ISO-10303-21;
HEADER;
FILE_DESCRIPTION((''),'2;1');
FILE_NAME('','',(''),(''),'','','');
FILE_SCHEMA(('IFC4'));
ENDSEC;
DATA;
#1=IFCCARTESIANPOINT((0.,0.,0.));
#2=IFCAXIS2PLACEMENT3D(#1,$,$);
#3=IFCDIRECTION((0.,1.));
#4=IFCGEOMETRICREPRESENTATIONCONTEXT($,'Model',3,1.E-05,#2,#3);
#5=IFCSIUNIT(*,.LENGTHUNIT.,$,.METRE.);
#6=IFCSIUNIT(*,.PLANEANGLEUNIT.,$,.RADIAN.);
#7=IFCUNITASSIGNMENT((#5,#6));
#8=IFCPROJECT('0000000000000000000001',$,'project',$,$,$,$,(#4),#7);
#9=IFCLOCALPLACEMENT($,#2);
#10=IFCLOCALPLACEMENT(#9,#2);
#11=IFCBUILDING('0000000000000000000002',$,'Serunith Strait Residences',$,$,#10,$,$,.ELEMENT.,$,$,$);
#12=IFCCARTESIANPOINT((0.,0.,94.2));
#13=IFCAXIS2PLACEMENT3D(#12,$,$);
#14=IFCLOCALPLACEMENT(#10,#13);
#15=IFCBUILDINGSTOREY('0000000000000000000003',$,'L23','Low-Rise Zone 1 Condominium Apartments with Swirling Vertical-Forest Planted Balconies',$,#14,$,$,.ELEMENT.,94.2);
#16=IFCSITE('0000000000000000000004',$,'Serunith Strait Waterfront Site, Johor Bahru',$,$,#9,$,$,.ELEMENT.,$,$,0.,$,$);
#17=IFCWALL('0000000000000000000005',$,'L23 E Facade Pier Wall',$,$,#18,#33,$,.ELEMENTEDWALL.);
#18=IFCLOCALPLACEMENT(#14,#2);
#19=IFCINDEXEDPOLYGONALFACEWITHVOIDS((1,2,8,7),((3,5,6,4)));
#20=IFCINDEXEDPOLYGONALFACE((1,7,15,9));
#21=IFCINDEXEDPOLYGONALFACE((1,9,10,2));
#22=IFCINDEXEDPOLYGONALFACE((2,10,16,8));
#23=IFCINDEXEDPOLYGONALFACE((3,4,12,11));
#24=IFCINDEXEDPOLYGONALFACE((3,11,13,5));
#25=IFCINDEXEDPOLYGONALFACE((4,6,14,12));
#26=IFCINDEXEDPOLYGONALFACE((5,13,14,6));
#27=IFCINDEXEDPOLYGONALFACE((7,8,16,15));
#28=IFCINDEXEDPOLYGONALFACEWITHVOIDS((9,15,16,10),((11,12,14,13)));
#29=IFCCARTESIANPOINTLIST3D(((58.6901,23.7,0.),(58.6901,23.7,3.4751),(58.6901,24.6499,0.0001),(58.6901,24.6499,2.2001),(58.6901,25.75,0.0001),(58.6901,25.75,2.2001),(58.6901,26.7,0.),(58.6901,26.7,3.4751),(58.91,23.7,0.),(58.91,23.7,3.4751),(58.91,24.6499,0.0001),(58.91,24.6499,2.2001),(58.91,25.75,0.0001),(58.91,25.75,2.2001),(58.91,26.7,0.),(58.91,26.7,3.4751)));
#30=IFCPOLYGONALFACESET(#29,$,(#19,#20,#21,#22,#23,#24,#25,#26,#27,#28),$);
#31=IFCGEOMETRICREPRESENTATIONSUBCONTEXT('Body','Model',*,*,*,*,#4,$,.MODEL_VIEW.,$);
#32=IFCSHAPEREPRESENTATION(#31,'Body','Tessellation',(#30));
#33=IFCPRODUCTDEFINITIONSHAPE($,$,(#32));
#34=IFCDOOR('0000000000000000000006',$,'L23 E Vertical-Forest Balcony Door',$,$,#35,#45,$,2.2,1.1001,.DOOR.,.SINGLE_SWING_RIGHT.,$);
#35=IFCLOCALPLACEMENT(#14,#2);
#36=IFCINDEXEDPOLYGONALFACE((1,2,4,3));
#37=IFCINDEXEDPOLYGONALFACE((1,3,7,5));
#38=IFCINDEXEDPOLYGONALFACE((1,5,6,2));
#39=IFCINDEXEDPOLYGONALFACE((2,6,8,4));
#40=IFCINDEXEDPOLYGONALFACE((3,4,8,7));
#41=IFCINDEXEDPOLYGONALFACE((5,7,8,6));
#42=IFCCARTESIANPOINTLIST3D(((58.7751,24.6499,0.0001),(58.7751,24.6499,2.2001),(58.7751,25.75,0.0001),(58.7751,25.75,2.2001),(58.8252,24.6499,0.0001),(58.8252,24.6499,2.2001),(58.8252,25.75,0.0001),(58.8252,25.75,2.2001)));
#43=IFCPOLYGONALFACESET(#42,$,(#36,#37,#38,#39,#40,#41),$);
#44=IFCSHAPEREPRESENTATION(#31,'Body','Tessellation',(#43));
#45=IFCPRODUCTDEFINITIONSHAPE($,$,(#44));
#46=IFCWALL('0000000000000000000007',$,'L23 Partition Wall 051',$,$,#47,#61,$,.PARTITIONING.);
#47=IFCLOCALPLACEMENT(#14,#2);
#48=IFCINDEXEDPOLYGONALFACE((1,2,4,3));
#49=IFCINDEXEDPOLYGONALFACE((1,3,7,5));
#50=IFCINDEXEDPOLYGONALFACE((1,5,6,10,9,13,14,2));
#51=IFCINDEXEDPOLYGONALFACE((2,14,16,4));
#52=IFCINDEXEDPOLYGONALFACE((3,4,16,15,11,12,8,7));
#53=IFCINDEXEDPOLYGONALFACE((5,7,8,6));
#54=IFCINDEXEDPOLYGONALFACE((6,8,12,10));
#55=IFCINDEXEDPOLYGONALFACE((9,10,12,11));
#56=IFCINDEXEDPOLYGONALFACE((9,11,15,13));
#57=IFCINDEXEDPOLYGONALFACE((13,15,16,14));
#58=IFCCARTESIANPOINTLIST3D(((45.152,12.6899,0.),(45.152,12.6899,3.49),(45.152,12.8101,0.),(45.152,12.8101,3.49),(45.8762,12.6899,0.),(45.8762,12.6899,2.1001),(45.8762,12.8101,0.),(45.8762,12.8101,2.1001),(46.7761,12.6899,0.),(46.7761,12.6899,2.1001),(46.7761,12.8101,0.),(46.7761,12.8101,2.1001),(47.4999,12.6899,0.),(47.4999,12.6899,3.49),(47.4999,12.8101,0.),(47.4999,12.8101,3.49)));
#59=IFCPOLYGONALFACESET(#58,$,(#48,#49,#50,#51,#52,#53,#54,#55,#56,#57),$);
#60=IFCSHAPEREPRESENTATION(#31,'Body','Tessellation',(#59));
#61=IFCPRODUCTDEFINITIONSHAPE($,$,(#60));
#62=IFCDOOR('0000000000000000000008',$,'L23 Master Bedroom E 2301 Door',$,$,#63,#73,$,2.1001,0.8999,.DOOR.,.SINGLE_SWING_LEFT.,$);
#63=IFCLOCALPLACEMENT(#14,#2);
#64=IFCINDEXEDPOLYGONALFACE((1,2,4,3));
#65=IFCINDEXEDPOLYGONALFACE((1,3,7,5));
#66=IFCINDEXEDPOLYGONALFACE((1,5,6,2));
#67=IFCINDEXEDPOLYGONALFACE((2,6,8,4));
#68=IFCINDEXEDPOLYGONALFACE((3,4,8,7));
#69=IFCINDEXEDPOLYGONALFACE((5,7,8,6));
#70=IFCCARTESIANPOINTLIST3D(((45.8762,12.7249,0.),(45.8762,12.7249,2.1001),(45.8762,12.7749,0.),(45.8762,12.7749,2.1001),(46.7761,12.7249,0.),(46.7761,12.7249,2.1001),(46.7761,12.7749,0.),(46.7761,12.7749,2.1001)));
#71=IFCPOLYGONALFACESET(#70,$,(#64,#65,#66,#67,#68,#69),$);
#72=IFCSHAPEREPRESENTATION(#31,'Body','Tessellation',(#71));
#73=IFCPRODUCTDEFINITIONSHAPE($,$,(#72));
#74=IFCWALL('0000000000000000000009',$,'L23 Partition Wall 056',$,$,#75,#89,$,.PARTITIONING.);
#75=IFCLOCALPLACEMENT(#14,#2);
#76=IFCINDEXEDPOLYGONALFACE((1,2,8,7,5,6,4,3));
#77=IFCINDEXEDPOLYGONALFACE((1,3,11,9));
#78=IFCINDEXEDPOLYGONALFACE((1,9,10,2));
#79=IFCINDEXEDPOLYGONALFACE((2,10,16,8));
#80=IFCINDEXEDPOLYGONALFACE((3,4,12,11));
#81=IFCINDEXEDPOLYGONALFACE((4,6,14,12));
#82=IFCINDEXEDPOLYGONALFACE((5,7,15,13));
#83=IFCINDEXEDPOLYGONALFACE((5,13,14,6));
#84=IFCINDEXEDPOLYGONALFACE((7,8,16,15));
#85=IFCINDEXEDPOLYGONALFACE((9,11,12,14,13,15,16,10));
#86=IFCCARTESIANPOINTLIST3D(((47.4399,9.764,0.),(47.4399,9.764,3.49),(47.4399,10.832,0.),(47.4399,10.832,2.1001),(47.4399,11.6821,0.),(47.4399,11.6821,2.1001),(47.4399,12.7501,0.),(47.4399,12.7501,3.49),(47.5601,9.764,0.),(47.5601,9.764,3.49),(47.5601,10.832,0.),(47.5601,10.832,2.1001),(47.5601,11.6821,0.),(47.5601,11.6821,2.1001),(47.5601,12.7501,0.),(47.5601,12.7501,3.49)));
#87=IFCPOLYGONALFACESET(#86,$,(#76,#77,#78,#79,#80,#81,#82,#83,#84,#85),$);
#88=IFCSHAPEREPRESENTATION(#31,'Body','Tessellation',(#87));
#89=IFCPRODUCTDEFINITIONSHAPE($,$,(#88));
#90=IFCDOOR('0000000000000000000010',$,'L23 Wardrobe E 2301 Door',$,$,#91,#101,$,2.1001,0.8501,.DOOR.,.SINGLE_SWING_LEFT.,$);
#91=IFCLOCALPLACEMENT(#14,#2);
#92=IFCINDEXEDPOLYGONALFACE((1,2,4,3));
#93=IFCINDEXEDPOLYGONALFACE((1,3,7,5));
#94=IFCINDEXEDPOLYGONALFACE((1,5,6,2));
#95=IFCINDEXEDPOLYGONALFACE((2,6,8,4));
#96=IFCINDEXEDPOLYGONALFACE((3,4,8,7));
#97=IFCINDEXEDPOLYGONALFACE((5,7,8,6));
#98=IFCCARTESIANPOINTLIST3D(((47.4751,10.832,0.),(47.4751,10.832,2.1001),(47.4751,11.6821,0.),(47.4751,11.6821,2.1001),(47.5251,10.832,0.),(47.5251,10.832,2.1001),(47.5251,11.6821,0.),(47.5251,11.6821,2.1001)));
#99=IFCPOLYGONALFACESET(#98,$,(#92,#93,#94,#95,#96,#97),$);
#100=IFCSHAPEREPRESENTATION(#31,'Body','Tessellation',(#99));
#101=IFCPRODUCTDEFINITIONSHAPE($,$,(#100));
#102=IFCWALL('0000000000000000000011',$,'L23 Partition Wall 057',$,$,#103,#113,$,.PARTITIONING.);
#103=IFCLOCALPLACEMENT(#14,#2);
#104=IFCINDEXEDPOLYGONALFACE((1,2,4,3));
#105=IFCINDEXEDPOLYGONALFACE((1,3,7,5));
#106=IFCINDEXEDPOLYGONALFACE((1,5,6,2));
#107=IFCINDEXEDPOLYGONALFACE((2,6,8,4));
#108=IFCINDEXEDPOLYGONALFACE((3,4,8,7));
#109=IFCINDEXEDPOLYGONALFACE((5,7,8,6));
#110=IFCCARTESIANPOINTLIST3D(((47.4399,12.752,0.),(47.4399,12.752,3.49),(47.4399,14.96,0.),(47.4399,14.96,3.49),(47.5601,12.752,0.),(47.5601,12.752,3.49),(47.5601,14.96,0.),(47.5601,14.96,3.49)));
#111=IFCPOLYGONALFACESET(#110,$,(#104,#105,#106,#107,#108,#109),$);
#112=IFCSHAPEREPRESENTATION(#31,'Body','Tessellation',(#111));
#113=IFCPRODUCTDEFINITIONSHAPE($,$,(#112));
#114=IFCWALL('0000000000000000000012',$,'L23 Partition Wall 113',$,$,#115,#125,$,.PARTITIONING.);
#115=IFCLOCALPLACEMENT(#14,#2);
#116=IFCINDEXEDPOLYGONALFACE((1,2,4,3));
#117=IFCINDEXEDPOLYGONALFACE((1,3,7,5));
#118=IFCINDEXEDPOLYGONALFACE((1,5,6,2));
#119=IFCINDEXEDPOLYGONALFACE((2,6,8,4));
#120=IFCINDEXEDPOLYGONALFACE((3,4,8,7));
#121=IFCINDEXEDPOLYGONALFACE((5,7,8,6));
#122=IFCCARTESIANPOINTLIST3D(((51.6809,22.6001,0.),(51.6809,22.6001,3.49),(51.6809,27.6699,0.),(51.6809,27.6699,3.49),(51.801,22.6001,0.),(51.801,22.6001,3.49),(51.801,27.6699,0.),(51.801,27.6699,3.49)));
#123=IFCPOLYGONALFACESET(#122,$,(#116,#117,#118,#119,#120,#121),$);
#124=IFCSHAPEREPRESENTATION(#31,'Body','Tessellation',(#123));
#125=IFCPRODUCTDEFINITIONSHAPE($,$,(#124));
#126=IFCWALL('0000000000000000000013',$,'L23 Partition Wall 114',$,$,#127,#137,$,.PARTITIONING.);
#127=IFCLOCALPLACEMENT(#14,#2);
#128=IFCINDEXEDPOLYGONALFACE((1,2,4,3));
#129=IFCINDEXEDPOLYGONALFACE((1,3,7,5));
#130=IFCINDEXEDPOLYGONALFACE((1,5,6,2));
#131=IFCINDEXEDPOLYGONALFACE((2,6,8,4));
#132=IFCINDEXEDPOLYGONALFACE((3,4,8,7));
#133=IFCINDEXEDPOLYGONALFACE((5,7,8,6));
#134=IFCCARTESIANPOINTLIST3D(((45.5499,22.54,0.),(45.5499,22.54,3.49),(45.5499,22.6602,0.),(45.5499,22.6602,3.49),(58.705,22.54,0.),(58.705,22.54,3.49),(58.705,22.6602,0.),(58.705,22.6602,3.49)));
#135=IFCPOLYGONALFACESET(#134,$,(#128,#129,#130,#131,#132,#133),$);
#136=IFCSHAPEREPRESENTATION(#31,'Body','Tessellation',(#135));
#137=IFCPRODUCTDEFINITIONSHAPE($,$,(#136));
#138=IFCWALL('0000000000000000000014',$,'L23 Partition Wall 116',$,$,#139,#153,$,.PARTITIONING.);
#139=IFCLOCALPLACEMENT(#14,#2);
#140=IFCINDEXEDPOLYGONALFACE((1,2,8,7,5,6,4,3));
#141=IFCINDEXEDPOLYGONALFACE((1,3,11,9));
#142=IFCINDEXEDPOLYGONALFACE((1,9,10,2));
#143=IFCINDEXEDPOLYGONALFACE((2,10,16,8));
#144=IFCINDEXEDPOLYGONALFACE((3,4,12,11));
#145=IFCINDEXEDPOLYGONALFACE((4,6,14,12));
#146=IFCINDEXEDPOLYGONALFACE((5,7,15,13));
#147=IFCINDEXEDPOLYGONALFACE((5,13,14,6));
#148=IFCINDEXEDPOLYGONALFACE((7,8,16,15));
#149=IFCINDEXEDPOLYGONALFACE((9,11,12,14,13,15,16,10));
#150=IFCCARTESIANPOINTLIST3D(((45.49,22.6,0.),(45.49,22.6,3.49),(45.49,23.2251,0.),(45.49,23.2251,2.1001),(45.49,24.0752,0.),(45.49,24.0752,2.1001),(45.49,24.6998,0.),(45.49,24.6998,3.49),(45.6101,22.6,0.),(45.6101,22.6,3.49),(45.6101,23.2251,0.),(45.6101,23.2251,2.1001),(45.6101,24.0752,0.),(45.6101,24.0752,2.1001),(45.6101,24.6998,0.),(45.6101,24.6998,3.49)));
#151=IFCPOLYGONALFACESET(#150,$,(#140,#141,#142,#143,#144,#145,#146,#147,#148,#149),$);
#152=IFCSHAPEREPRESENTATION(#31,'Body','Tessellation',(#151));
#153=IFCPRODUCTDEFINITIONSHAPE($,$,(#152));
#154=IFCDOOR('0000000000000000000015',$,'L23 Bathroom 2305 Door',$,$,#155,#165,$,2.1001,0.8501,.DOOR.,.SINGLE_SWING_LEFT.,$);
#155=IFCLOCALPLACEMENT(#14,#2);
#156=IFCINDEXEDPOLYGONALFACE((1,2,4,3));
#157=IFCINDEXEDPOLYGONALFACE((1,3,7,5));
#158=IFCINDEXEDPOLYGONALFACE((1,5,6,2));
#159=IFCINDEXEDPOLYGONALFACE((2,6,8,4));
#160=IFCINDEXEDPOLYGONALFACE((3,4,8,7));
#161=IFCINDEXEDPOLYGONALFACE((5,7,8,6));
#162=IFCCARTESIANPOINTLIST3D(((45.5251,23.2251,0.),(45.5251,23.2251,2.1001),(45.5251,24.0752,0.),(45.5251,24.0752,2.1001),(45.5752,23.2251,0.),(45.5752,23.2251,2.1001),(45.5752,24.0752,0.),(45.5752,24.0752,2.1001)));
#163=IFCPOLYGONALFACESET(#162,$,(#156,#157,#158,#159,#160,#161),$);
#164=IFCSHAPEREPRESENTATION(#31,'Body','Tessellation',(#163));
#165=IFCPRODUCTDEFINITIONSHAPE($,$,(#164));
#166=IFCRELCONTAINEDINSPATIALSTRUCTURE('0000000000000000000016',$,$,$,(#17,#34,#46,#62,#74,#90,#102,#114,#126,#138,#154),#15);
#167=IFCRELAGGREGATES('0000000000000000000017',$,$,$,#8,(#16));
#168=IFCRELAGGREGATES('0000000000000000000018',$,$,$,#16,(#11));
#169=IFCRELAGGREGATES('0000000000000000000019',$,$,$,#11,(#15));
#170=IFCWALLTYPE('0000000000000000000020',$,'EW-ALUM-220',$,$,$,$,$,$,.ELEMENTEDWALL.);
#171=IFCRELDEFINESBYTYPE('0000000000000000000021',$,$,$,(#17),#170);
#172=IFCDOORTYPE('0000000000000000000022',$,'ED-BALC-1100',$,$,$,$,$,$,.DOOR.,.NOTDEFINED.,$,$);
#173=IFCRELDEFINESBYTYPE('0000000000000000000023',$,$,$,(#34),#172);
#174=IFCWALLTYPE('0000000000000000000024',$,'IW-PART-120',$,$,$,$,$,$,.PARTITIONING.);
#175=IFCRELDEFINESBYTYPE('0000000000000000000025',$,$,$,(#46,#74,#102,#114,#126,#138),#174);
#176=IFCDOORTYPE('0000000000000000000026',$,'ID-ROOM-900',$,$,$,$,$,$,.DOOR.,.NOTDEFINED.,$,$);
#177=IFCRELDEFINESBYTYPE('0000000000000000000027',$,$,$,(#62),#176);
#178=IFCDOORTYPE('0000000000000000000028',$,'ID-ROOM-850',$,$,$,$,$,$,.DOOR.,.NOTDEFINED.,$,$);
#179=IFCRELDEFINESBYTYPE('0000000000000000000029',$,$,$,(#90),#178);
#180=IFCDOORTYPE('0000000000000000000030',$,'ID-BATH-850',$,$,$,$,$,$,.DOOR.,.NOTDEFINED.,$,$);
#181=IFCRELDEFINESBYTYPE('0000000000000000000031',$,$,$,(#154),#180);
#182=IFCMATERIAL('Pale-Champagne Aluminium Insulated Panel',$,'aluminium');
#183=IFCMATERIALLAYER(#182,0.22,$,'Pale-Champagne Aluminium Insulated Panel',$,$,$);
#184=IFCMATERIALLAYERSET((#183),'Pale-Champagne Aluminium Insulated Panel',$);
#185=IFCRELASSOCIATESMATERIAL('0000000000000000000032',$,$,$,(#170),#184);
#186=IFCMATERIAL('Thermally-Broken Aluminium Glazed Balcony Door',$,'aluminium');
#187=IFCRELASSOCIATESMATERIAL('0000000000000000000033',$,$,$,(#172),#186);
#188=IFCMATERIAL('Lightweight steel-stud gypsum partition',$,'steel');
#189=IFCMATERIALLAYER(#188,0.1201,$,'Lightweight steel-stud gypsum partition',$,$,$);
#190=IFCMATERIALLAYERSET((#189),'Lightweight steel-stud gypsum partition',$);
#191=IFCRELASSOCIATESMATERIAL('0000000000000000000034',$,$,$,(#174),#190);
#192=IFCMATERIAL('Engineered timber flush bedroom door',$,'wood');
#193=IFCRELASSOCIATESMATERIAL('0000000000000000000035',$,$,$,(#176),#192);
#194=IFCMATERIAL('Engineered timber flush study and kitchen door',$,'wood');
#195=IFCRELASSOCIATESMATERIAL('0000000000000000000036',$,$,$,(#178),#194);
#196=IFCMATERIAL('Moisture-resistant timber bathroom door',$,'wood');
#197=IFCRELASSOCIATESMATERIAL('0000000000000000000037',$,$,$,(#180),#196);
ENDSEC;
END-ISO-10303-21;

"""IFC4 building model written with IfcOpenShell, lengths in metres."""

from ifc_helpers import new_model, si_unit, direction, frame, frame_2d, origin, place, context, subcontext, project, spatial, rectangle, extrude, source, transform, mapped, material, layer, layer_set, type_object, element, fill, save


model = new_model("IFC4")

# Units and contexts
model_context = context("Model", 3, precision=1e-05, world=origin(), true_north=direction((0.0, 1.0)))
body_context = subcontext(model_context, "Body", "Model", "MODEL_VIEW")
ifc_project = project(units=[si_unit("LENGTHUNIT", "METRE"), si_unit("PLANEANGLEUNIT", "RADIAN")], contexts=[model_context])

# Site, building, storey
site_placement = place(None, origin())
site = spatial("IfcSite", under=ifc_project, at=site_placement, Name="Serunith Strait Waterfront Site, Johor Bahru", CompositionType="ELEMENT", RefElevation=0.0)
building_placement = place(site_placement, origin())
building = spatial("IfcBuilding", under=site, at=building_placement, Name="Serunith Strait Residences", CompositionType="ELEMENT")
storey_placement = place(building_placement, frame((0.0, 0.0, 94.2)))
storey = spatial("IfcBuildingStorey", under=building, at=storey_placement, Name="L23", Description="Low-Rise Zone 1 Condominium Apartments with Swirling Vertical-Forest Planted Balconies", CompositionType="ELEMENT", Elevation=94.2)

# Walls, openings, doors
ifc_material_1 = material(Name="Pale-Champagne Aluminium Insulated Panel", Category="aluminium")
ifc_layer_1 = layer(ifc_material_1, 0.22, Name="Pale-Champagne Aluminium Insulated Panel")
ifc_layer_set_1 = layer_set([ifc_layer_1], Name="Pale-Champagne Aluminium Insulated Panel")
wall_type_1 = type_object("IfcWallType", Name="EW-ALUM-220", PredefinedType="ELEMENTEDWALL", material=ifc_layer_set_1)
wall_1_placement = place(storey_placement, frame((58.8, 23.7, 0.0), z_axis=(0.0, 0.0, 1.0), x_axis=(0.0, 1.0, 0.0)))
wall_1 = element("IfcWall", 1, at=wall_1_placement, inside=storey, type_object=wall_type_1, Name="L23 E Facade Pier Wall", PredefinedType="ELEMENTEDWALL", context=body_context, shape_type="SweptSolid", body=[
    extrude(rectangle(XDim=3.0, YDim=0.22, at=frame_2d((1.5, 0.0))), origin(), (0.0, 0.0, 1.0), 3.4751),
])
opening_1_placement = place(wall_1_placement, frame((0.95, 0.0, 0.0)))
opening_1 = element("IfcOpeningElement", 2, at=opening_1_placement, cuts=wall_1, PredefinedType="OPENING", context=body_context, shape_type="SweptSolid", body=[
    extrude(rectangle(XDim=1.1001, YDim=2.2, at=frame_2d((0.55, 1.1001))), frame((0.0, 0.1201, 0.0), z_axis=(0.0, -1.0, 0.0), x_axis=(1.0, 0.0, 0.0)), (0.0, 0.0, 1.0), 0.24),
])
ifc_material_2 = material(Name="Thermally-Broken Aluminium Glazed Balcony Door", Category="aluminium")
door_type_1 = type_object("IfcDoorType", Name="ED-BALC-1100", OperationType="NOTDEFINED", PredefinedType="DOOR", material=ifc_material_2)
shared_shape_1 = source(origin(), body_context, "Body", "SweptSolid", [
    extrude(rectangle(XDim=1.1001, YDim=2.2, at=frame_2d((0.55, 1.1001))), frame((0.0, 0.0249, 0.0), z_axis=(0.0, -1.0, 0.0), x_axis=(1.0, 0.0, 0.0)), (0.0, 0.0, 1.0), 0.05),
])
door_1_placement = place(opening_1_placement, origin())
door_1 = element("IfcDoor", 3, at=door_1_placement, inside=storey, type_object=door_type_1, Name="L23 E Vertical-Forest Balcony Door", OperationType="SINGLE_SWING_RIGHT", OverallHeight=2.2, OverallWidth=1.1001, PredefinedType="DOOR", context=body_context, shape_type="MappedRepresentation", body=[
    mapped(shared_shape_1, transform((0.0, 0.0, 0.0), scale=1.0)),
])
fill(opening_1, door_1)
ifc_material_3 = material(Name="Lightweight steel-stud gypsum partition", Category="steel")
ifc_layer_2 = layer(ifc_material_3, 0.1201, Name="Lightweight steel-stud gypsum partition")
ifc_layer_set_2 = layer_set([ifc_layer_2], Name="Lightweight steel-stud gypsum partition")
wall_type_2 = type_object("IfcWallType", Name="IW-PART-120", PredefinedType="PARTITIONING", material=ifc_layer_set_2)
wall_2_placement = place(storey_placement, frame((45.1521, 12.75, 0.0), z_axis=(0.0, 0.0, 1.0), x_axis=(1.0, 0.0, 0.0)))
wall_2 = element("IfcWall", 4, at=wall_2_placement, inside=storey, type_object=wall_type_2, Name="L23 Partition Wall 051", PredefinedType="PARTITIONING", context=body_context, shape_type="SweptSolid", body=[
    extrude(rectangle(XDim=2.3479, YDim=0.1201, at=frame_2d((1.1738, 0.0))), origin(), (0.0, 0.0, 1.0), 3.49),
])
opening_2_placement = place(wall_2_placement, frame((0.7241, 0.0, 0.0)))
opening_2 = element("IfcOpeningElement", 5, at=opening_2_placement, cuts=wall_2, PredefinedType="OPENING", context=body_context, shape_type="SweptSolid", body=[
    extrude(rectangle(XDim=0.8999, YDim=2.1001, at=frame_2d((0.45, 1.05))), frame((0.0, 0.0701, 0.0), z_axis=(0.0, -1.0, 0.0), x_axis=(1.0, 0.0, 0.0)), (0.0, 0.0, 1.0), 0.1401),
])
ifc_material_4 = material(Name="Engineered timber flush bedroom door", Category="wood")
door_type_2 = type_object("IfcDoorType", Name="ID-ROOM-900", OperationType="NOTDEFINED", PredefinedType="DOOR", material=ifc_material_4)
shared_shape_2 = source(origin(), body_context, "Body", "SweptSolid", [
    extrude(rectangle(XDim=0.8999, YDim=2.1001, at=frame_2d((0.45, 1.05))), frame((0.0, 0.0249, 0.0), z_axis=(0.0, -1.0, 0.0), x_axis=(1.0, 0.0, 0.0)), (0.0, 0.0, 1.0), 0.05),
])
door_2_placement = place(opening_2_placement, origin())
door_2 = element("IfcDoor", 6, at=door_2_placement, inside=storey, type_object=door_type_2, Name="L23 Master Bedroom E 2301 Door", OperationType="SINGLE_SWING_LEFT", OverallHeight=2.1001, OverallWidth=0.8999, PredefinedType="DOOR", context=body_context, shape_type="MappedRepresentation", body=[
    mapped(shared_shape_2, transform((0.0, 0.0, 0.0), scale=1.0)),
])
fill(opening_2, door_2)
wall_3_placement = place(storey_placement, frame((47.5, 9.7639, 0.0), z_axis=(0.0, 0.0, 1.0), x_axis=(0.0, 1.0, 0.0)))
wall_3 = element("IfcWall", 7, at=wall_3_placement, inside=storey, type_object=wall_type_2, Name="L23 Partition Wall 056", PredefinedType="PARTITIONING", context=body_context, shape_type="SweptSolid", body=[
    extrude(rectangle(XDim=2.9861, YDim=0.1201, at=frame_2d((1.4932, 0.0))), origin(), (0.0, 0.0, 1.0), 3.49),
])
opening_3_placement = place(wall_3_placement, frame((1.0681, 0.0, 0.0)))
opening_3 = element("IfcOpeningElement", 8, at=opening_3_placement, cuts=wall_3, PredefinedType="OPENING", context=body_context, shape_type="SweptSolid", body=[
    extrude(rectangle(XDim=0.8501, YDim=2.1001, at=frame_2d((0.425, 1.05))), frame((0.0, 0.0701, 0.0), z_axis=(0.0, -1.0, 0.0), x_axis=(1.0, 0.0, 0.0)), (0.0, 0.0, 1.0), 0.1401),
])
ifc_material_5 = material(Name="Engineered timber flush study and kitchen door", Category="wood")
door_type_3 = type_object("IfcDoorType", Name="ID-ROOM-850", OperationType="NOTDEFINED", PredefinedType="DOOR", material=ifc_material_5)
shared_shape_3 = source(origin(), body_context, "Body", "SweptSolid", [
    extrude(rectangle(XDim=0.8501, YDim=2.1001, at=frame_2d((0.425, 1.05))), frame((0.0, 0.0249, 0.0), z_axis=(0.0, -1.0, 0.0), x_axis=(1.0, 0.0, 0.0)), (0.0, 0.0, 1.0), 0.05),
])
door_3_placement = place(opening_3_placement, origin())
door_3 = element("IfcDoor", 9, at=door_3_placement, inside=storey, type_object=door_type_3, Name="L23 Wardrobe E 2301 Door", OperationType="SINGLE_SWING_LEFT", OverallHeight=2.1001, OverallWidth=0.8501, PredefinedType="DOOR", context=body_context, shape_type="MappedRepresentation", body=[
    mapped(shared_shape_3, transform((0.0, 0.0, 0.0), scale=1.0)),
])
fill(opening_3, door_3)

# Walls
wall_4_placement = place(storey_placement, frame((47.5, 12.752, 0.0), z_axis=(0.0, 0.0, 1.0), x_axis=(0.0, 1.0, 0.0)))
element("IfcWall", 10, at=wall_4_placement, inside=storey, type_object=wall_type_2, Name="L23 Partition Wall 057", PredefinedType="PARTITIONING", context=body_context, shape_type="SweptSolid", body=[
    extrude(rectangle(XDim=2.208, YDim=0.1201, at=frame_2d((1.104, 0.0))), origin(), (0.0, 0.0, 1.0), 3.49),
])
wall_5_placement = place(storey_placement, frame((51.741, 22.6001, 0.0), z_axis=(0.0, 0.0, 1.0), x_axis=(0.0, 1.0, 0.0)))
element("IfcWall", 11, at=wall_5_placement, inside=storey, type_object=wall_type_2, Name="L23 Partition Wall 113", PredefinedType="PARTITIONING", context=body_context, shape_type="SweptSolid", body=[
    extrude(rectangle(XDim=5.0698, YDim=0.1201, at=frame_2d((2.5349, 0.0))), origin(), (0.0, 0.0, 1.0), 3.49),
])
wall_6_placement = place(storey_placement, frame((58.7051, 22.6001, 0.0), z_axis=(0.0, 0.0, 1.0), x_axis=(-1.0, 0.0, 0.0)))
element("IfcWall", 12, at=wall_6_placement, inside=storey, type_object=wall_type_2, Name="L23 Partition Wall 114", PredefinedType="PARTITIONING", context=body_context, shape_type="SweptSolid", body=[
    extrude(rectangle(XDim=13.155, YDim=0.1201, at=frame_2d((6.5776, 0.0))), origin(), (0.0, 0.0, 1.0), 3.49),
])

# Wall, opening, door
wall_7_placement = place(storey_placement, frame((45.55, 22.6001, 0.0), z_axis=(0.0, 0.0, 1.0), x_axis=(0.0, 1.0, 0.0)))
wall_7 = element("IfcWall", 13, at=wall_7_placement, inside=storey, type_object=wall_type_2, Name="L23 Partition Wall 116", PredefinedType="PARTITIONING", context=body_context, shape_type="SweptSolid", body=[
    extrude(rectangle(XDim=2.0999, YDim=0.1201, at=frame_2d((1.0498, 0.0))), origin(), (0.0, 0.0, 1.0), 3.49),
])
opening_4_placement = place(wall_7_placement, frame((0.625, 0.0, 0.0)))
opening_4 = element("IfcOpeningElement", 14, at=opening_4_placement, cuts=wall_7, PredefinedType="OPENING", context=body_context, shape_type="SweptSolid", body=[
    extrude(rectangle(XDim=0.8501, YDim=2.1001, at=frame_2d((0.425, 1.05))), frame((0.0, 0.0701, 0.0), z_axis=(0.0, -1.0, 0.0), x_axis=(1.0, 0.0, 0.0)), (0.0, 0.0, 1.0), 0.1401),
])
ifc_material_6 = material(Name="Moisture-resistant timber bathroom door", Category="wood")
door_type_4 = type_object("IfcDoorType", Name="ID-BATH-850", OperationType="NOTDEFINED", PredefinedType="DOOR", material=ifc_material_6)
door_4_placement = place(opening_4_placement, origin())
door_4 = element("IfcDoor", 15, at=door_4_placement, inside=storey, type_object=door_type_4, Name="L23 Bathroom 2305 Door", OperationType="SINGLE_SWING_LEFT", OverallHeight=2.1001, OverallWidth=0.8501, PredefinedType="DOOR", context=body_context, shape_type="MappedRepresentation", body=[
    mapped(shared_shape_3, transform((0.0, 0.0, 0.0), scale=1.0)),
])
fill(opening_4, door_4)

save(model, "model.ifc")
